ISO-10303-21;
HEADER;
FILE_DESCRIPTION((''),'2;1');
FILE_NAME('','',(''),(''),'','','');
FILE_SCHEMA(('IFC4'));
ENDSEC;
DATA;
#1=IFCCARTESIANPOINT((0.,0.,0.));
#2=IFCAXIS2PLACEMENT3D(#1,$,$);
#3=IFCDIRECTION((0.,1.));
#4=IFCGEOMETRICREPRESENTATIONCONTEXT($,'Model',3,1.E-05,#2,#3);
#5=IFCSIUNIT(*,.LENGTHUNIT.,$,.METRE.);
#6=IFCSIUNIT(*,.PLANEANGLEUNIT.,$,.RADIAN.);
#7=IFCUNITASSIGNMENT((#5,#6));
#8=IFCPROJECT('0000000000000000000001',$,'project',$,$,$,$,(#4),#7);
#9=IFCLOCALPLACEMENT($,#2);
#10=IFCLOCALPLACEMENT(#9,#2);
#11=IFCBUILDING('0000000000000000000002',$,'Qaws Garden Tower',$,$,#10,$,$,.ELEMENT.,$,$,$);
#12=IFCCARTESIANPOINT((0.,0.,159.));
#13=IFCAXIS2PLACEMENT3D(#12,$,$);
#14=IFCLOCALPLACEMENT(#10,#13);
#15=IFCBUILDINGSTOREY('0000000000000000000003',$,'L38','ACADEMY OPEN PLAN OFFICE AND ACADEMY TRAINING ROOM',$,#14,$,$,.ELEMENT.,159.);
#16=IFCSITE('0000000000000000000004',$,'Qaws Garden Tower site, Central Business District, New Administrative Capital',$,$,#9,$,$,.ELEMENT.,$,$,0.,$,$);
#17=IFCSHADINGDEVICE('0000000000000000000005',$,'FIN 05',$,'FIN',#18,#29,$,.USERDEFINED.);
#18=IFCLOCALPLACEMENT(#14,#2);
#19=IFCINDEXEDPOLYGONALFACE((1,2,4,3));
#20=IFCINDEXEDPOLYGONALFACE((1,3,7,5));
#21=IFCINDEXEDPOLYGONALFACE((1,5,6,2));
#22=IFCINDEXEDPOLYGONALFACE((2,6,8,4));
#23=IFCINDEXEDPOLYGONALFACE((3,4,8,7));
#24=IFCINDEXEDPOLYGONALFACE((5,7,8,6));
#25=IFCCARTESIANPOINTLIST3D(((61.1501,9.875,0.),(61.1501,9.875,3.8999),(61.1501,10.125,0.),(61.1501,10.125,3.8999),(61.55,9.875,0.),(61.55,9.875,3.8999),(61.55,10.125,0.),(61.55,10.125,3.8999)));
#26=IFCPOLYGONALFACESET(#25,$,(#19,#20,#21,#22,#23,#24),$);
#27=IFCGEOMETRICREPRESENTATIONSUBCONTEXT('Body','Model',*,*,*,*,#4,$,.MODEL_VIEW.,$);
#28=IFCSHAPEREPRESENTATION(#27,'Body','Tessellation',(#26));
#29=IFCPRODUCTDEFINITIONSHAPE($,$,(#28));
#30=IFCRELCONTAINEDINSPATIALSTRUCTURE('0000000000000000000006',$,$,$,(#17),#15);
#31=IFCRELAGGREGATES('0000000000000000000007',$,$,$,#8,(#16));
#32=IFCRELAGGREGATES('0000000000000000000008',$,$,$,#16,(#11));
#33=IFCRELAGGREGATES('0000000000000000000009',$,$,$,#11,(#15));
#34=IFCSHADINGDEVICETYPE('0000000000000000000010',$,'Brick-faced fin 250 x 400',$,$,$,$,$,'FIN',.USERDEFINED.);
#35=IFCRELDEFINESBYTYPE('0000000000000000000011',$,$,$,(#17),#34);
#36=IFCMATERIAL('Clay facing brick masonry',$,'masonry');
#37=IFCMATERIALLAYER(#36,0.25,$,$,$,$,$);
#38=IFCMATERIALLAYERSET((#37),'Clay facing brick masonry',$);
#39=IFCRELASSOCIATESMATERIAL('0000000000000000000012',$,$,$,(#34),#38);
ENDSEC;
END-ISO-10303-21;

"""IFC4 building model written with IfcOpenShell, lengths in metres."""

from ifc_helpers import new_model, si_unit, direction, frame, origin, origin_2d, place, context, subcontext, project, spatial, rectangle, extrude, material, layer, layer_set, type_object, element, save


model = new_model("IFC4")

# Units and contexts
model_context = context("Model", 3, precision=1e-05, world=origin(), true_north=direction((0.0, 1.0)))
body_context = subcontext(model_context, "Body", "Model", "MODEL_VIEW")
ifc_project = project(units=[si_unit("LENGTHUNIT", "METRE"), si_unit("PLANEANGLEUNIT", "RADIAN")], contexts=[model_context])

# Site, building, storey
site_placement = place(None, origin())
site = spatial("IfcSite", under=ifc_project, at=site_placement, Name="Qaws Garden Tower site, Central Business District, New Administrative Capital", CompositionType="ELEMENT", RefElevation=0.0)
building_placement = place(site_placement, origin())
building = spatial("IfcBuilding", under=site, at=building_placement, Name="Qaws Garden Tower", CompositionType="ELEMENT")
storey_placement = place(building_placement, frame((0.0, 0.0, 159.0)))
storey = spatial("IfcBuildingStorey", under=building, at=storey_placement, Name="L38", Description="ACADEMY OPEN PLAN OFFICE AND ACADEMY TRAINING ROOM", CompositionType="ELEMENT", Elevation=159.0)

# Shading device
ifc_material_1 = material(Name="Clay facing brick masonry", Category="masonry")
ifc_layer_1 = layer(ifc_material_1, 0.25)
ifc_layer_set_1 = layer_set([ifc_layer_1], Name="Clay facing brick masonry")
shading_device_type = type_object("IfcShadingDeviceType", Name="Brick-faced fin 250 x 400", ElementType="FIN", PredefinedType="USERDEFINED", material=ifc_layer_set_1)
shading_device_placement = place(storey_placement, frame((61.3501, 10.0, 0.0), z_axis=(0.0, 0.0, 1.0), x_axis=(0.0, 1.0, 0.0)))
element("IfcShadingDevice", 1, at=shading_device_placement, inside=storey, type_object=shading_device_type, Name="FIN 05", ObjectType="FIN", PredefinedType="USERDEFINED", context=body_context, shape_type="SweptSolid", body=[
    extrude(rectangle(XDim=0.25, YDim=0.3999, at=origin_2d()), origin(), (0.0, 0.0, 1.0), 3.8999),
])

save(model, "model.ifc")
